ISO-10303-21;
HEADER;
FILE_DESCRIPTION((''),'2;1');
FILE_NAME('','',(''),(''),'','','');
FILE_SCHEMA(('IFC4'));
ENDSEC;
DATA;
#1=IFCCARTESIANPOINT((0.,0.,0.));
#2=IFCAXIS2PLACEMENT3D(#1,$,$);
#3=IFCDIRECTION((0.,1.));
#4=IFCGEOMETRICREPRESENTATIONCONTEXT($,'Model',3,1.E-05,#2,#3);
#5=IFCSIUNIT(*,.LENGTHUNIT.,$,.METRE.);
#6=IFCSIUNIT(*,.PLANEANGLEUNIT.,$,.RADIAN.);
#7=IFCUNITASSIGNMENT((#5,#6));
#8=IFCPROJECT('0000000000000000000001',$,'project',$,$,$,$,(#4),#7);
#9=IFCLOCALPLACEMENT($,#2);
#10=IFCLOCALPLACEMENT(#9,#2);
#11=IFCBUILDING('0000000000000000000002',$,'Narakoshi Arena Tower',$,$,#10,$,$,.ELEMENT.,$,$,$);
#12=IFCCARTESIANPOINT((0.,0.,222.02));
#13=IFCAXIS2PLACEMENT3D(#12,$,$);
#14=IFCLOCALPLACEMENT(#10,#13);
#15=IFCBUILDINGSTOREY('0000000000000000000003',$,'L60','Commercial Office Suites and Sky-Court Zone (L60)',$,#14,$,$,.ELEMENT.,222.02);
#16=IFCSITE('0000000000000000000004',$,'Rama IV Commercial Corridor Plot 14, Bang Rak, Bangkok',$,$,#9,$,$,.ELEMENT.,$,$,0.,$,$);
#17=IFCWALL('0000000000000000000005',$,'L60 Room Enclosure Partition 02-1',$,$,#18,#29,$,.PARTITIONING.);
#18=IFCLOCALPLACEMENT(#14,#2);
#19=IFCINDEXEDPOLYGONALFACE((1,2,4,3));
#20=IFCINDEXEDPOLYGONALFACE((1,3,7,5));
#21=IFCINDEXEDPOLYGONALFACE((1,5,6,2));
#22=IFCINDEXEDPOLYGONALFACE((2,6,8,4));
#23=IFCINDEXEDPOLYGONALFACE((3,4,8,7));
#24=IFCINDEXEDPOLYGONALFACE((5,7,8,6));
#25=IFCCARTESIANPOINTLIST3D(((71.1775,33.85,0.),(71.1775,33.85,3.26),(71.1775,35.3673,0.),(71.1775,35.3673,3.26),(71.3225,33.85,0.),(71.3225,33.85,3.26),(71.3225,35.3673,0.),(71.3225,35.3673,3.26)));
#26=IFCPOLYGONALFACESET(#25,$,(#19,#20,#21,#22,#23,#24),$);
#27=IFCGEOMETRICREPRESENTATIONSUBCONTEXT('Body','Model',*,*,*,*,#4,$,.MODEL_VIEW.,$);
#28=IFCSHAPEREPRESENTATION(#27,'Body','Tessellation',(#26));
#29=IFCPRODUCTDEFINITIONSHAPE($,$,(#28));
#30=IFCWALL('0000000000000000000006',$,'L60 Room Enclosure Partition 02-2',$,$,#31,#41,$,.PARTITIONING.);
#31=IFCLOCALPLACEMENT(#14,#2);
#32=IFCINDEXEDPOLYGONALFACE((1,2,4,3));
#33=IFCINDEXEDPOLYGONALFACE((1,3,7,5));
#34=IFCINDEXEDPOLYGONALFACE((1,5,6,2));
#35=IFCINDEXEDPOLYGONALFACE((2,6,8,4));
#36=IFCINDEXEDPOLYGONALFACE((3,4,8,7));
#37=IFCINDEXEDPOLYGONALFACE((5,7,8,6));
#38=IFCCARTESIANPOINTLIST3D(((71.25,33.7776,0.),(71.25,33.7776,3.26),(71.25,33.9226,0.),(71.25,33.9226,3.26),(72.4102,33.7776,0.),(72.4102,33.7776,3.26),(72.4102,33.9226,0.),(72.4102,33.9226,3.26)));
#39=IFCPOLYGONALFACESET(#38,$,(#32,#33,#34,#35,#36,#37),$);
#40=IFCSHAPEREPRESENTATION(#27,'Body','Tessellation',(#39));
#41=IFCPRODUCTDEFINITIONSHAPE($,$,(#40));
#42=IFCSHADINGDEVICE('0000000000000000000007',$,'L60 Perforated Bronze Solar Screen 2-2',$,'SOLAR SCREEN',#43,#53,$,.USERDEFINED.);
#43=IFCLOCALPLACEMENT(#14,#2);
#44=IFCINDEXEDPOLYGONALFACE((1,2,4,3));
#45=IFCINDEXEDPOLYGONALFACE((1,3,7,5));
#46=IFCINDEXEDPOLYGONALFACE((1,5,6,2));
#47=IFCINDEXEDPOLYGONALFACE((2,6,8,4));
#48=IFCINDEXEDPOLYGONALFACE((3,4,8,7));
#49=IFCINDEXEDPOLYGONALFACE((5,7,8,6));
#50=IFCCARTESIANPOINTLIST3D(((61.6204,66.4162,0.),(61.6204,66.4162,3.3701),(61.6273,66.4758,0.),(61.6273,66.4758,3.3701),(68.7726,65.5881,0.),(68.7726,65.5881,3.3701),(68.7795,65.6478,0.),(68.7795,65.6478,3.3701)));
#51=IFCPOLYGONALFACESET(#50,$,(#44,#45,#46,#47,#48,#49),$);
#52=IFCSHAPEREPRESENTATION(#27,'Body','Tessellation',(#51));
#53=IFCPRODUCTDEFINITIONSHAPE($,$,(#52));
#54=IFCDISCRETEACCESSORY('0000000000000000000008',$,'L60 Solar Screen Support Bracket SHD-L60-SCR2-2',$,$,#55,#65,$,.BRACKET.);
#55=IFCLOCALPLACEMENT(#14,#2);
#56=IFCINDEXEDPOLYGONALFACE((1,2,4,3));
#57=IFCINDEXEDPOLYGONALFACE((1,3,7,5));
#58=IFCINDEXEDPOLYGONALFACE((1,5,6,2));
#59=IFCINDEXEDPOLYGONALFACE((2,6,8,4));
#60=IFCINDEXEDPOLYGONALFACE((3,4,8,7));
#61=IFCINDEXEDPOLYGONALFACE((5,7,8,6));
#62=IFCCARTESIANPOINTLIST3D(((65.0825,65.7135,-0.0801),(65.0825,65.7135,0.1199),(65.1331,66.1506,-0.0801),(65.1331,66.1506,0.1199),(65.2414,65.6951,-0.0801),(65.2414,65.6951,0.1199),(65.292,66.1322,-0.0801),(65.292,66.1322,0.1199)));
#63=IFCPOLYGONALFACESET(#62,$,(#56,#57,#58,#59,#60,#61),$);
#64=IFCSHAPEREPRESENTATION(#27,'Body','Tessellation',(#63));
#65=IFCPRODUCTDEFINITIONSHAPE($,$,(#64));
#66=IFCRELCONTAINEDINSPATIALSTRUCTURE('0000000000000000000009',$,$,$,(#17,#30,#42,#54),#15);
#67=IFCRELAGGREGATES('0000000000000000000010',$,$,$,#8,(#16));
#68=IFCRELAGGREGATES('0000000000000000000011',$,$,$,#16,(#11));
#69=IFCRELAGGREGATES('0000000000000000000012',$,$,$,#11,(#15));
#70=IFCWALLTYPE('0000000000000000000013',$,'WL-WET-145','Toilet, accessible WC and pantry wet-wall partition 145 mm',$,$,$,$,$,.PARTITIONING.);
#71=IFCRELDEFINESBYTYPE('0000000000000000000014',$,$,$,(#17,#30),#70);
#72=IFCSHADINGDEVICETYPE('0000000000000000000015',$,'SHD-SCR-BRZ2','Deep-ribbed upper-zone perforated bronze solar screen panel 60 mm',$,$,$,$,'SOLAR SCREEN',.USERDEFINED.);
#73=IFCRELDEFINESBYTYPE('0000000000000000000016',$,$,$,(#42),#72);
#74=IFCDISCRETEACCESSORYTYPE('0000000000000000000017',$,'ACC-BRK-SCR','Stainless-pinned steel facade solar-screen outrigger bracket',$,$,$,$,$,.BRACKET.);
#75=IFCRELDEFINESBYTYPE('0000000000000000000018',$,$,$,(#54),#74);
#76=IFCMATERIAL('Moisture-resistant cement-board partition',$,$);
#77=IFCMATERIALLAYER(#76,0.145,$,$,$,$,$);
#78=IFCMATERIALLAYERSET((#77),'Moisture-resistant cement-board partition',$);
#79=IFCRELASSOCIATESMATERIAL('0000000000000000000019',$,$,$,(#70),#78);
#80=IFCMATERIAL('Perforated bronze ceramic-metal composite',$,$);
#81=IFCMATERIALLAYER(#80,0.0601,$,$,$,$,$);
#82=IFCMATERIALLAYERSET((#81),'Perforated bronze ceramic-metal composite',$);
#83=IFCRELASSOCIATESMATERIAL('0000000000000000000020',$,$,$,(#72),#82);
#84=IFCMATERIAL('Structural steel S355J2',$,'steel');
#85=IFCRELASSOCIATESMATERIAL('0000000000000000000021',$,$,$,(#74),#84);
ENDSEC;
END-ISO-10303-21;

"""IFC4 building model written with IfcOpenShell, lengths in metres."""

from ifc_helpers import new_model, si_unit, direction, frame, frame_2d, origin, origin_2d, place, context, subcontext, project, spatial, rectangle, extrude, material, layer, layer_set, type_object, element, save


model = new_model("IFC4")

# Units and contexts
model_context = context("Model", 3, precision=1e-05, world=origin(), true_north=direction((0.0, 1.0)))
body_context = subcontext(model_context, "Body", "Model", "MODEL_VIEW")
ifc_project = project(units=[si_unit("LENGTHUNIT", "METRE"), si_unit("PLANEANGLEUNIT", "RADIAN")], contexts=[model_context])

# Site, building, storey
site_placement = place(None, origin())
site = spatial("IfcSite", under=ifc_project, at=site_placement, Name="Rama IV Commercial Corridor Plot 14, Bang Rak, Bangkok", CompositionType="ELEMENT", RefElevation=0.0)
building_placement = place(site_placement, origin())
building = spatial("IfcBuilding", under=site, at=building_placement, Name="Narakoshi Arena Tower", CompositionType="ELEMENT")
storey_placement = place(building_placement, frame((0.0, 0.0, 222.02)))
storey = spatial("IfcBuildingStorey", under=building, at=storey_placement, Name="L60", Description="Commercial Office Suites and Sky-Court Zone (L60)", CompositionType="ELEMENT", Elevation=222.02)

# Shared definitions
ifc_material_1 = material(Name="Structural steel S355J2", Category="steel")

# Shared definitions
ifc_material_2 = material(Name="Moisture-resistant cement-board partition")
ifc_layer_1 = layer(ifc_material_2, 0.145)
ifc_layer_set_1 = layer_set([ifc_layer_1], Name="Moisture-resistant cement-board partition")
wall_type_1 = type_object("IfcWallType", Name="WL-WET-145", Description="Toilet, accessible WC and pantry wet-wall partition 145 mm", PredefinedType="PARTITIONING", material=ifc_layer_set_1)

# Walls
wall_1_placement = place(storey_placement, frame((71.25, 35.3674, 0.0), z_axis=(0.0, 0.0, 1.0), x_axis=(0.0, -1.0, 0.0)))
element("IfcWall", 1, at=wall_1_placement, inside=storey, type_object=wall_type_1, Name="L60 Room Enclosure Partition 02-1", PredefinedType="PARTITIONING", context=body_context, shape_type="SweptSolid", body=[
    extrude(rectangle(XDim=1.5173, YDim=0.145, at=frame_2d((0.7588, 0.0))), origin(), (0.0, 0.0, 1.0), 3.26),
])
wall_2_placement = place(storey_placement, frame((71.25, 33.8501, 0.0), z_axis=(0.0, 0.0, 1.0), x_axis=(1.0, 0.0, 0.0)))
element("IfcWall", 2, at=wall_2_placement, inside=storey, type_object=wall_type_1, Name="L60 Room Enclosure Partition 02-2", PredefinedType="PARTITIONING", context=body_context, shape_type="SweptSolid", body=[
    extrude(rectangle(XDim=1.1602, YDim=0.145, at=frame_2d((0.5801, 0.0))), origin(), (0.0, 0.0, 1.0), 3.26),
])

# Shading device
ifc_material_3 = material(Name="Perforated bronze ceramic-metal composite")
ifc_layer_2 = layer(ifc_material_3, 0.0601)
ifc_layer_set_2 = layer_set([ifc_layer_2], Name="Perforated bronze ceramic-metal composite")
shading_device_type = type_object("IfcShadingDeviceType", Name="SHD-SCR-BRZ2", Description="Deep-ribbed upper-zone perforated bronze solar screen panel 60 mm", ElementType="SOLAR SCREEN", PredefinedType="USERDEFINED", material=ifc_layer_set_2)
shading_device_placement = place(storey_placement, frame((65.2, 66.032, 0.0), z_axis=(0.0, 0.0, 1.0), x_axis=(-0.993365, 0.115007, 0.0)))
element("IfcShadingDevice", 3, at=shading_device_placement, inside=storey, type_object=shading_device_type, Name="L60 Perforated Bronze Solar Screen 2-2", ObjectType="SOLAR SCREEN", PredefinedType="USERDEFINED", context=body_context, shape_type="SweptSolid", body=[
    extrude(rectangle(XDim=7.2, YDim=0.0601, at=origin_2d()), origin(), (0.0, 0.0, 1.0), 3.3701),
])

# Discrete accessory
discrete_accessory_type = type_object("IfcDiscreteAccessoryType", Name="ACC-BRK-SCR", Description="Stainless-pinned steel facade solar-screen outrigger bracket", PredefinedType="BRACKET", material=ifc_material_1)
discrete_accessory_placement = place(storey_placement, frame((65.1873, 65.9229, -0.0801), z_axis=(0.0, 0.0, 1.0), x_axis=(-0.993365, 0.115007, 0.0)))
element("IfcDiscreteAccessory", 4, at=discrete_accessory_placement, inside=storey, type_object=discrete_accessory_type, Name="L60 Solar Screen Support Bracket SHD-L60-SCR2-2", PredefinedType="BRACKET", context=body_context, shape_type="SweptSolid", body=[
    extrude(rectangle(XDim=0.1599, YDim=0.4399, at=origin_2d()), origin(), (0.0, 0.0, 1.0), 0.2),
])

save(model, "model.ifc")
